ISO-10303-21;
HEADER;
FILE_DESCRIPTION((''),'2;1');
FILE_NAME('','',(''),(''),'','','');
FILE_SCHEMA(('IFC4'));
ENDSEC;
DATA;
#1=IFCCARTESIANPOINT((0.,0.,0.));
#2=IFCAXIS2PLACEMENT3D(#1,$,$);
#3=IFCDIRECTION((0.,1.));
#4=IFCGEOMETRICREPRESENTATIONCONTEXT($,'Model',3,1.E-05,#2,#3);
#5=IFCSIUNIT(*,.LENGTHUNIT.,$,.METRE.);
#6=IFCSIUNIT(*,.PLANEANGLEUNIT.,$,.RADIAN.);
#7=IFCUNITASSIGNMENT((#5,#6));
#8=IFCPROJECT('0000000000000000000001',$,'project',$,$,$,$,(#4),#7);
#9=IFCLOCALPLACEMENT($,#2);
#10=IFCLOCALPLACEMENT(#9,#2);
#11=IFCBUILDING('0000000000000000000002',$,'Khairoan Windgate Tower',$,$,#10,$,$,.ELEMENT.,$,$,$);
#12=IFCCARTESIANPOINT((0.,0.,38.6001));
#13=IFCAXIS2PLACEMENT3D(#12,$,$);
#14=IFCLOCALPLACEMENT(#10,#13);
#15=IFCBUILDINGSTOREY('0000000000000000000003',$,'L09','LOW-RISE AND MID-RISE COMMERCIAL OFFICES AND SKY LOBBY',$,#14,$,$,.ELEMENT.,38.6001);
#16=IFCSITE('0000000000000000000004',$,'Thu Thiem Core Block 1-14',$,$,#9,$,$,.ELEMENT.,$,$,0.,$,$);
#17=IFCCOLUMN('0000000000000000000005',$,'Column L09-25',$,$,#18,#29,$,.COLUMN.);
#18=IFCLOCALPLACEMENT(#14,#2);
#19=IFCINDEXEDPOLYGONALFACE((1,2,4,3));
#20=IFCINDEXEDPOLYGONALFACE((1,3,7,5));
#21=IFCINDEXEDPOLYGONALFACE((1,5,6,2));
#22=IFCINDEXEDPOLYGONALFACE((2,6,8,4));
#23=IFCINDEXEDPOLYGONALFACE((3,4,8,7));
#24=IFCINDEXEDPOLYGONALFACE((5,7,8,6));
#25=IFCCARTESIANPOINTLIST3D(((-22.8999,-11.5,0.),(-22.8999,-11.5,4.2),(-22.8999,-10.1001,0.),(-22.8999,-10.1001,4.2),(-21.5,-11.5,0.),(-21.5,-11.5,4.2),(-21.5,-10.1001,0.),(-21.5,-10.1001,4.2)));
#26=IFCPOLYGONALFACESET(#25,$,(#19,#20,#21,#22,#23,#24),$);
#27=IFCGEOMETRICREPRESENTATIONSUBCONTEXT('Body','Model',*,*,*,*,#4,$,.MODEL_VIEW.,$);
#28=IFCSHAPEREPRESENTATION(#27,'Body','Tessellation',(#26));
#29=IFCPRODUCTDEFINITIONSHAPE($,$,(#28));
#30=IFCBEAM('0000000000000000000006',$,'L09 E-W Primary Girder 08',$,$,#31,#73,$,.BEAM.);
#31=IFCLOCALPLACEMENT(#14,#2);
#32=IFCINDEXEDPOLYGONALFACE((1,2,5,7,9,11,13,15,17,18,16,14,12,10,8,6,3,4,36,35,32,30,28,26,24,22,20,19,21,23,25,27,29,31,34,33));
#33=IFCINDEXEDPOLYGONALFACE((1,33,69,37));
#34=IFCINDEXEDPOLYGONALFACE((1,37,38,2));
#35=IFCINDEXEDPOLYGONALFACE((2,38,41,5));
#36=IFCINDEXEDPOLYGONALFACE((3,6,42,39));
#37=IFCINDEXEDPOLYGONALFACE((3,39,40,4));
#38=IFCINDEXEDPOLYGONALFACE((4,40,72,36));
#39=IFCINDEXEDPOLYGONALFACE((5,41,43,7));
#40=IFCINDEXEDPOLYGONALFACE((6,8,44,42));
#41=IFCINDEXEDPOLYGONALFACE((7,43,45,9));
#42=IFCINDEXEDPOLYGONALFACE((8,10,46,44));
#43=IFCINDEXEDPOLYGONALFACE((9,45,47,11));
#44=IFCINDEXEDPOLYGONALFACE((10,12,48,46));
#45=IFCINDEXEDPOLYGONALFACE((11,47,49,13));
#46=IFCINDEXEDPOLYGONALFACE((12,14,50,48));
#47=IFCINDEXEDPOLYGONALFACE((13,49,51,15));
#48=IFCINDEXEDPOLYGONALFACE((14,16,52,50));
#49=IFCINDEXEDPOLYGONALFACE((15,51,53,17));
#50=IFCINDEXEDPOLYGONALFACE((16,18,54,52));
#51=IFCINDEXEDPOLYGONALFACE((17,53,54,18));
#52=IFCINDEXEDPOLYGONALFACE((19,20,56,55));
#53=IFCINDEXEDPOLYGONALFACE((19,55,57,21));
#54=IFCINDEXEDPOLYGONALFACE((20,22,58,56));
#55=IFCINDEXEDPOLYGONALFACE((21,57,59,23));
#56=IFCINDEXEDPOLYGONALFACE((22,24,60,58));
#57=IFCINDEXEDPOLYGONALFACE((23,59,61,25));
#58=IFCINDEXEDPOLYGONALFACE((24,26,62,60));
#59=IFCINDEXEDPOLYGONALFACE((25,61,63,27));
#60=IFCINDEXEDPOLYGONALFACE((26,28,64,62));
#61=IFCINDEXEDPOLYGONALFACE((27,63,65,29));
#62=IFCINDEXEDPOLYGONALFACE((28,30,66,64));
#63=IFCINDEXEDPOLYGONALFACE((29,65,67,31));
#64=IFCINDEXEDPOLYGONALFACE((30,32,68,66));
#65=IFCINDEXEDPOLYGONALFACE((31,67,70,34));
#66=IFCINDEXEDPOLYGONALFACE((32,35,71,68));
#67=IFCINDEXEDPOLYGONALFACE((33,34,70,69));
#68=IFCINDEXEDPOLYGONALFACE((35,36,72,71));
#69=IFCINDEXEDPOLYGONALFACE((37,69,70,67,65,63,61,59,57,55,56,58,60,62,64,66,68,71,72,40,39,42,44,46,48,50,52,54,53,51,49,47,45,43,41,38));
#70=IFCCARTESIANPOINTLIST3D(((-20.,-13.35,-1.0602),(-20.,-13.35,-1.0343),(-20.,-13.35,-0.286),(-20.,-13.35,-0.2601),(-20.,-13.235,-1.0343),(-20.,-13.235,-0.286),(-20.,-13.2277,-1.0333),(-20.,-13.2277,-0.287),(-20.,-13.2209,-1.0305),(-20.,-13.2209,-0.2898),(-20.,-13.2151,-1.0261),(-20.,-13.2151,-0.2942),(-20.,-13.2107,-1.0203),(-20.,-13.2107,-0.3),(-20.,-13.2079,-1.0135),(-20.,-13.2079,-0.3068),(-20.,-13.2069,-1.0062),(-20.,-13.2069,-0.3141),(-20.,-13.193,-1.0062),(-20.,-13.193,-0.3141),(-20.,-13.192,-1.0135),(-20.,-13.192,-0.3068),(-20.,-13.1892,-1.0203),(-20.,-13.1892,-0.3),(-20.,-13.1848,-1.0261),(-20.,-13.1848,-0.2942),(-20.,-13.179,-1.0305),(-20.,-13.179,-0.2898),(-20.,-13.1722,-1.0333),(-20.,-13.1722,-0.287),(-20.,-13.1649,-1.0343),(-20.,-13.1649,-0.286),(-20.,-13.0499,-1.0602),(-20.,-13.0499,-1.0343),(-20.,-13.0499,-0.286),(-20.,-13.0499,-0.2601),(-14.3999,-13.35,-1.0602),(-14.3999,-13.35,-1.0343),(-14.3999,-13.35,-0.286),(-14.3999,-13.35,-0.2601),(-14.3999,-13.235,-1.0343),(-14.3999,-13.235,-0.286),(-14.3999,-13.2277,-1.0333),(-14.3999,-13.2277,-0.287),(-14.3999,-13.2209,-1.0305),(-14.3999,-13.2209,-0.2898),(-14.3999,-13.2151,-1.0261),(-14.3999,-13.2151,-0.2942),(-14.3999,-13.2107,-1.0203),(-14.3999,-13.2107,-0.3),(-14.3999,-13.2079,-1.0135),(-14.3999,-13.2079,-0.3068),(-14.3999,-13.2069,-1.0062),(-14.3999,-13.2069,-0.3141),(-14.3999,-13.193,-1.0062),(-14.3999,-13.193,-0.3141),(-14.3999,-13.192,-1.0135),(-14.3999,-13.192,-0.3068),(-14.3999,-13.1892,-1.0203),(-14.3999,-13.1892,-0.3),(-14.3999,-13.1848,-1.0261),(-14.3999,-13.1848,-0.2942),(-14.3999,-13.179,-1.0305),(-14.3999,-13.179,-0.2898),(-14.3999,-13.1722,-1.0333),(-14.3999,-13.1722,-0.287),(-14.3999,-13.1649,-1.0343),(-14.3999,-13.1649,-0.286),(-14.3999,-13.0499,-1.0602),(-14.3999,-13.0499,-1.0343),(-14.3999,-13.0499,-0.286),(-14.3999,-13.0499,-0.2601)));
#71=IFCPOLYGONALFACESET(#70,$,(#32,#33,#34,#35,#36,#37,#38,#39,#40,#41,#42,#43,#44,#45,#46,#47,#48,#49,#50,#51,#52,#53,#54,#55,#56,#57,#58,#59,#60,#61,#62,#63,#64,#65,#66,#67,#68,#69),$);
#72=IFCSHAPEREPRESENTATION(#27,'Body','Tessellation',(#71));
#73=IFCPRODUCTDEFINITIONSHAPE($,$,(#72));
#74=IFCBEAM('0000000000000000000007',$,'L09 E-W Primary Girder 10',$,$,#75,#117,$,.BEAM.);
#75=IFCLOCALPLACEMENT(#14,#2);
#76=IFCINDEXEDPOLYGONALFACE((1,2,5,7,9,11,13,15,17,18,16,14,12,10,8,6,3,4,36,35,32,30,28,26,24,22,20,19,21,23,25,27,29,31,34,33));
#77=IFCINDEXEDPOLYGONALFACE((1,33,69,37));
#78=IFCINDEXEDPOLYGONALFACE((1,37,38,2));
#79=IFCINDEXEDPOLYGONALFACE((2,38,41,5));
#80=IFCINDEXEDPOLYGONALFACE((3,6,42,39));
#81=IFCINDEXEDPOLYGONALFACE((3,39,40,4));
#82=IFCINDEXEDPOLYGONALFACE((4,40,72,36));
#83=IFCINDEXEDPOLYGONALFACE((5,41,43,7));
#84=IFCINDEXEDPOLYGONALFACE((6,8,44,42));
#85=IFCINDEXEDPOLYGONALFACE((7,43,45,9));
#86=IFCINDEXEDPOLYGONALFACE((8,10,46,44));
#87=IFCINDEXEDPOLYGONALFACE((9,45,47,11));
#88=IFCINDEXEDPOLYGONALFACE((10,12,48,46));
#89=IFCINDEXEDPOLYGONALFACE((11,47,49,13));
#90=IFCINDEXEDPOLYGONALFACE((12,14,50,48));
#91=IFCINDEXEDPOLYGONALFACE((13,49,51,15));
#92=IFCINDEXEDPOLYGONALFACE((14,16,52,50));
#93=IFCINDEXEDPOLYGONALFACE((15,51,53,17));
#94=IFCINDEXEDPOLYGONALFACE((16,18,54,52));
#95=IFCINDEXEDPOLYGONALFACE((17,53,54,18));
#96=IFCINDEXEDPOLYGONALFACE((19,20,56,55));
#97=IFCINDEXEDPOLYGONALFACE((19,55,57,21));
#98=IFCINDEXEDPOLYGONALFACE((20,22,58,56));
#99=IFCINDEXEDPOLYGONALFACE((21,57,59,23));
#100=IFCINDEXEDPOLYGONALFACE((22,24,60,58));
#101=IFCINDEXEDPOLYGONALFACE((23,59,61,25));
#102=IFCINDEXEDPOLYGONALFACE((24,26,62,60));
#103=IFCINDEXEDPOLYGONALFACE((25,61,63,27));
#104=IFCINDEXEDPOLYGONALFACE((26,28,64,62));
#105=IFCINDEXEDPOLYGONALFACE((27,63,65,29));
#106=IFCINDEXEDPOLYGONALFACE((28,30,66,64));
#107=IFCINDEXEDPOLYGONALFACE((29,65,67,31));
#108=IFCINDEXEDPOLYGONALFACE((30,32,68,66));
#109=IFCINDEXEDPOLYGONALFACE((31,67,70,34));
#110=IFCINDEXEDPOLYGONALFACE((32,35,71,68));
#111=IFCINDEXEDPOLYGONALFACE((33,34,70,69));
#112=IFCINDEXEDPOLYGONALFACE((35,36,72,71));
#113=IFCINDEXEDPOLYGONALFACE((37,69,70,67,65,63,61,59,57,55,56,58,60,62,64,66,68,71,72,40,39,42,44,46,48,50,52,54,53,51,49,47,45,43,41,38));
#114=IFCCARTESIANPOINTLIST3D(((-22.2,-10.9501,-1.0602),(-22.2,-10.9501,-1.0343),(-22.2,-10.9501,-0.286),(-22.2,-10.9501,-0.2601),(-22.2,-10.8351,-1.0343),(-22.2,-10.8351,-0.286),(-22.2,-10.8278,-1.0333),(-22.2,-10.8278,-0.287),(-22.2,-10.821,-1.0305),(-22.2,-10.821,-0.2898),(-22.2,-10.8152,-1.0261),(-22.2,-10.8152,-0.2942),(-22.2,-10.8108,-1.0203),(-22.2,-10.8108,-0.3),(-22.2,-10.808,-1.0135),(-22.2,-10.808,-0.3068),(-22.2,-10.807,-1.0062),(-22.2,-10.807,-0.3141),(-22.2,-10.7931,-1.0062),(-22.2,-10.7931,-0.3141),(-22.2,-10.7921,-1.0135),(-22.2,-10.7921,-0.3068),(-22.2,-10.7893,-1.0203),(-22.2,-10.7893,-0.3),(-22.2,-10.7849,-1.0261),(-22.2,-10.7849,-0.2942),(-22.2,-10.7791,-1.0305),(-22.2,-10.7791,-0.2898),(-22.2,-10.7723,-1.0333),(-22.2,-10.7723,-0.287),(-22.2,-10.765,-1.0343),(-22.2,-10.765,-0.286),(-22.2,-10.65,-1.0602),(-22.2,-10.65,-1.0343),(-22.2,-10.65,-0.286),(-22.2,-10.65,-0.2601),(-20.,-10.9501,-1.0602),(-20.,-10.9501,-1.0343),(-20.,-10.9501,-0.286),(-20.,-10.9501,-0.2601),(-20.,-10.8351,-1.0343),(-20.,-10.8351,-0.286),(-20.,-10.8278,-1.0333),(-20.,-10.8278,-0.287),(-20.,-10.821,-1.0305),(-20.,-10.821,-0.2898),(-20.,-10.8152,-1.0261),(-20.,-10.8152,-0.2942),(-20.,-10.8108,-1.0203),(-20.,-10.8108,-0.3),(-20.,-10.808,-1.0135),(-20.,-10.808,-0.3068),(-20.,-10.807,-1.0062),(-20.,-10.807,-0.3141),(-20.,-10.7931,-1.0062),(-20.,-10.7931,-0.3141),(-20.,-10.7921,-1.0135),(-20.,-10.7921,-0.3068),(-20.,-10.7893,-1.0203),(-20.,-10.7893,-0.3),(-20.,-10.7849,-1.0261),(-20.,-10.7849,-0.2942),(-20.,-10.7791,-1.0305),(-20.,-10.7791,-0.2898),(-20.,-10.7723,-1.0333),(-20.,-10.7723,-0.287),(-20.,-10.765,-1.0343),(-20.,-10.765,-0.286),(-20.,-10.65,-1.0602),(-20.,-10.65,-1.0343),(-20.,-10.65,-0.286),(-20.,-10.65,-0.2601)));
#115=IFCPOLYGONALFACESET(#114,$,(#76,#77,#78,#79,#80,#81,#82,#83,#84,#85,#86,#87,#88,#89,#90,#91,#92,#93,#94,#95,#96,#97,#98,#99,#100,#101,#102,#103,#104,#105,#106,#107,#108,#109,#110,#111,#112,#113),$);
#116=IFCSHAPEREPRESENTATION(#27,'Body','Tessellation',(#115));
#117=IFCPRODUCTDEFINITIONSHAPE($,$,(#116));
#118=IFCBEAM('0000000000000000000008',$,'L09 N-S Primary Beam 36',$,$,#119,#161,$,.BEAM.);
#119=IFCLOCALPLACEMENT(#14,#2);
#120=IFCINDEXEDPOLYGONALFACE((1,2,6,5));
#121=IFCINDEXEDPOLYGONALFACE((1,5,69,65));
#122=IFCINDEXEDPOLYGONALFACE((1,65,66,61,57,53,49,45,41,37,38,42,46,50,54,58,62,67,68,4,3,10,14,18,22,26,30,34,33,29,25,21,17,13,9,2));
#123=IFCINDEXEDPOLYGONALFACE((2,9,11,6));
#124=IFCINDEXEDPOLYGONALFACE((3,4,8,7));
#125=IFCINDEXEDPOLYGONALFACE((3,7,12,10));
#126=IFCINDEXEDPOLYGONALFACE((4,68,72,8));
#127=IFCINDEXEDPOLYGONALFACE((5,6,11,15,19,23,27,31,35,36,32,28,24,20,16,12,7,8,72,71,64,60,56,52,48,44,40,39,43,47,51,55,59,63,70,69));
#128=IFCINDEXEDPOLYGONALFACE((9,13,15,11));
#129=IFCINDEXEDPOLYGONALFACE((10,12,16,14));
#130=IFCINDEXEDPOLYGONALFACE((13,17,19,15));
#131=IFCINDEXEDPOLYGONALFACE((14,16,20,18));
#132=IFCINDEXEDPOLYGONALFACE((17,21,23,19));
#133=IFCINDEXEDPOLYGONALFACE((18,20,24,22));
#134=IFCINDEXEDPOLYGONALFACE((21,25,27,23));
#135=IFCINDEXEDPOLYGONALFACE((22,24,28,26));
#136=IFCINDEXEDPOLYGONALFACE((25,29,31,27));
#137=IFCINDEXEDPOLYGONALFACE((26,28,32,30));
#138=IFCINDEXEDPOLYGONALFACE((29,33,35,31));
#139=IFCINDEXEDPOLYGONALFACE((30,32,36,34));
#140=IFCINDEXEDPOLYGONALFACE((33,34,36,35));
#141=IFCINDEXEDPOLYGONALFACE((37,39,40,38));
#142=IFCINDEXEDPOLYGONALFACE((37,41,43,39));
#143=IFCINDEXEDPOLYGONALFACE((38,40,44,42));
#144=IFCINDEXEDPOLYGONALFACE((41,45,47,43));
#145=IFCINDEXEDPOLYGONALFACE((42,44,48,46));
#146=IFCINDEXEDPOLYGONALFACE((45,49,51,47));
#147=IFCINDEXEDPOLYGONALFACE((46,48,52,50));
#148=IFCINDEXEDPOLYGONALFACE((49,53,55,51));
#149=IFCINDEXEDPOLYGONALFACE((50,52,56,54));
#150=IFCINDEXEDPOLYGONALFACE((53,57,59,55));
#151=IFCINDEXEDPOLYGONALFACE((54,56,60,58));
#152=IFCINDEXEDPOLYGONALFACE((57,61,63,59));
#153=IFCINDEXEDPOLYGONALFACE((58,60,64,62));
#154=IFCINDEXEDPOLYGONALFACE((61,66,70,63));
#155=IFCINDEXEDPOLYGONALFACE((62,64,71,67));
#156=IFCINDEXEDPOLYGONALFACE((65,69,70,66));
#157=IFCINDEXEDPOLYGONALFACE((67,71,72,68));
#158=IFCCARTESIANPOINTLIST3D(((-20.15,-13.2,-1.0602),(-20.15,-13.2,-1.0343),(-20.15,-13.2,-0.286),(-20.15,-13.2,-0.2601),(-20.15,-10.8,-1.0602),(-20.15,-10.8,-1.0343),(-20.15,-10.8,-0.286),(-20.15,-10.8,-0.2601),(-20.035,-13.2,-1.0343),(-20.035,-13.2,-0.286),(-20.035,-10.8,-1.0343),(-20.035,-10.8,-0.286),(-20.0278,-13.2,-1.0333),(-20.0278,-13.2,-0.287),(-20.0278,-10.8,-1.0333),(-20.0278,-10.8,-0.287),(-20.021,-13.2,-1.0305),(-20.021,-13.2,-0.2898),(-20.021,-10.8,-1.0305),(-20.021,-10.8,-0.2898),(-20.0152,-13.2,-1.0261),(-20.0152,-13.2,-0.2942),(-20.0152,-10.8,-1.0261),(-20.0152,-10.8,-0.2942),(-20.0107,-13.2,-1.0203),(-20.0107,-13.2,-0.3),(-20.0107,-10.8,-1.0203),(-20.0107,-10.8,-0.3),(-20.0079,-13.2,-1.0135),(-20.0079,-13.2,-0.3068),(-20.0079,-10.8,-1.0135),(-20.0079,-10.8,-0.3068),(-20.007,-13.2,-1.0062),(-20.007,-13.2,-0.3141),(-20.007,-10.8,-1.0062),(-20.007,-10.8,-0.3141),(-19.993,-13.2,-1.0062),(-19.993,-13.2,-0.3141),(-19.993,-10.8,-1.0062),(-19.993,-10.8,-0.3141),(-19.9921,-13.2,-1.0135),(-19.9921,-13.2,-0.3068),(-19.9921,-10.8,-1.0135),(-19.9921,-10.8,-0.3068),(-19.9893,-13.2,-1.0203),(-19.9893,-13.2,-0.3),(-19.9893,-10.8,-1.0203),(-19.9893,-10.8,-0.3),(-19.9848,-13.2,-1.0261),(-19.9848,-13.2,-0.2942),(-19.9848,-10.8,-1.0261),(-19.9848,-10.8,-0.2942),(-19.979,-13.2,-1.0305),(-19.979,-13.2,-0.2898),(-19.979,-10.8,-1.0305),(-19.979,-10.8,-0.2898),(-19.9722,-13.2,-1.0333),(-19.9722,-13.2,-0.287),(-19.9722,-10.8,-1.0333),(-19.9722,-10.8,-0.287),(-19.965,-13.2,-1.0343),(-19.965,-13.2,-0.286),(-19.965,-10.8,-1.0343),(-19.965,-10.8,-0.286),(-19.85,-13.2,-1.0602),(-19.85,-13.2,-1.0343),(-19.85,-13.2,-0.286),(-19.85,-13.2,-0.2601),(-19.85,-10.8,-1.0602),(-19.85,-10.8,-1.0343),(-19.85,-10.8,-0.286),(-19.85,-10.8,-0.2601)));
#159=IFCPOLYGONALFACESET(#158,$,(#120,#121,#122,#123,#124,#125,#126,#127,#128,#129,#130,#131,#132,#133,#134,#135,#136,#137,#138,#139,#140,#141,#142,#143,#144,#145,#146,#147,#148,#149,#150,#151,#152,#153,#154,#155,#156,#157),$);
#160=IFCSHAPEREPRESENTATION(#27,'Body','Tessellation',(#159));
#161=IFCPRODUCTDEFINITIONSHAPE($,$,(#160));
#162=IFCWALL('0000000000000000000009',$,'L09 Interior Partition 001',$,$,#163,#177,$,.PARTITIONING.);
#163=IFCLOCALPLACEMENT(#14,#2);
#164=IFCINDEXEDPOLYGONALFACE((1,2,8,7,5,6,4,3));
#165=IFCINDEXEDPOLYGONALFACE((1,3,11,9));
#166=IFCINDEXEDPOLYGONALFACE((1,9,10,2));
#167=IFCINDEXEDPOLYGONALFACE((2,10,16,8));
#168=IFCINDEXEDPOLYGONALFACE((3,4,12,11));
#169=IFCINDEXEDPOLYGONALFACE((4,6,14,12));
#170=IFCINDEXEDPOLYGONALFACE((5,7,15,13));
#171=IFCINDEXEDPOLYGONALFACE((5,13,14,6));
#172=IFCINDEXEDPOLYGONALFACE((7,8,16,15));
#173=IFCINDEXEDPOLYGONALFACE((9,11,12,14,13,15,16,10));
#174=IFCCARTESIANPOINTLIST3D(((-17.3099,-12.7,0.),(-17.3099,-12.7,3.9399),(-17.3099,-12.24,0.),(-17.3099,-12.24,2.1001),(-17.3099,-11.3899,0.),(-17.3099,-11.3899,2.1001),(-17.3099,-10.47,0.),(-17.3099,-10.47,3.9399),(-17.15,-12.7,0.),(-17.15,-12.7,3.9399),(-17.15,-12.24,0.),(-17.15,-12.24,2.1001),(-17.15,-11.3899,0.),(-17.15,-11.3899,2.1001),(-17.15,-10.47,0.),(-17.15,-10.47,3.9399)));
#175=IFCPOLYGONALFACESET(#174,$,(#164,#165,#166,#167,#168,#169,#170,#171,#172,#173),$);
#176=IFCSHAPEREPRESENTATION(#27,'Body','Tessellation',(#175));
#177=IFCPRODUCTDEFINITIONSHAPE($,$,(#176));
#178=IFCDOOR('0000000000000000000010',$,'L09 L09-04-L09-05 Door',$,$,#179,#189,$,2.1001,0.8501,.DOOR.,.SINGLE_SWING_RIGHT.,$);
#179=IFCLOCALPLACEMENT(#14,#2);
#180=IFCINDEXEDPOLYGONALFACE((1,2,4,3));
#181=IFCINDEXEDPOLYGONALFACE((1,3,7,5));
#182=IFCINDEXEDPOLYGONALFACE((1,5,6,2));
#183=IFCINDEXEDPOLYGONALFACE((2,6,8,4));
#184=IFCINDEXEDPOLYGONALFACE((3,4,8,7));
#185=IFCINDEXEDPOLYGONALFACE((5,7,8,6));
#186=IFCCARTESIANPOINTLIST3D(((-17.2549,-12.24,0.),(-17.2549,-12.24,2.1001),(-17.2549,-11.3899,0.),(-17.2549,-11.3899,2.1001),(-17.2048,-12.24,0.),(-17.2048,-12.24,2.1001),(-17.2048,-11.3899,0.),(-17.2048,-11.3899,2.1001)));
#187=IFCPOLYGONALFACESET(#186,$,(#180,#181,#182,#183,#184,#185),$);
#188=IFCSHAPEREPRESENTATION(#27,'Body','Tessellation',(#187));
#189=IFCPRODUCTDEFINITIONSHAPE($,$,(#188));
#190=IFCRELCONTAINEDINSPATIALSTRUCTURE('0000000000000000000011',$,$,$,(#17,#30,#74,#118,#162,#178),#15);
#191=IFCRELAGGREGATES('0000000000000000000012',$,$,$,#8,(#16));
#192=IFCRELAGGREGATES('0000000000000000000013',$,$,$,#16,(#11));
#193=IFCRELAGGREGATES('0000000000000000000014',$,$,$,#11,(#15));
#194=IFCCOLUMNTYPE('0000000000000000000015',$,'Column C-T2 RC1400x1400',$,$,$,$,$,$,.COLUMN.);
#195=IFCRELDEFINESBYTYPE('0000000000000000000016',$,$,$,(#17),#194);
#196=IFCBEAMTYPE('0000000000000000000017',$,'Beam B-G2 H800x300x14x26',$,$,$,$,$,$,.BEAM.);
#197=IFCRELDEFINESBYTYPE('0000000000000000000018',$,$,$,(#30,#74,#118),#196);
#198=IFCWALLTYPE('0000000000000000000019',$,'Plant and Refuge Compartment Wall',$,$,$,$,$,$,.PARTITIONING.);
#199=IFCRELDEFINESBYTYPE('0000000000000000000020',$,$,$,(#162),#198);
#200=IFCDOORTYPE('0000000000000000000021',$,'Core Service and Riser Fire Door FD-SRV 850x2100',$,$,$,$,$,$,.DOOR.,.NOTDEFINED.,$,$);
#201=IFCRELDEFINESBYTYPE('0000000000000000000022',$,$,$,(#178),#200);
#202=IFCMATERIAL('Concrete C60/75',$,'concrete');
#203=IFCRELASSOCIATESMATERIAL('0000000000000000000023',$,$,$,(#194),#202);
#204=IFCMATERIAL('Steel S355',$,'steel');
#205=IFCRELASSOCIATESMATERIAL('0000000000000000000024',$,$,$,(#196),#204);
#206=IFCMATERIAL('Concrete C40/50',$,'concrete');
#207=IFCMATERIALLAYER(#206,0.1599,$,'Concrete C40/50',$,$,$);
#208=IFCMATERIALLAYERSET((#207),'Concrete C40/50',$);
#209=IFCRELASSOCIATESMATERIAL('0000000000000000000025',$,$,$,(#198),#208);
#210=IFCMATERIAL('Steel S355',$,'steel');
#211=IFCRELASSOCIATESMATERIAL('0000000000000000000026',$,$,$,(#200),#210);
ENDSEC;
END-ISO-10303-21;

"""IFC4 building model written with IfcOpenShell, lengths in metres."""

from ifc_helpers import new_model, si_unit, direction, frame, frame_2d, origin, origin_2d, place, context, subcontext, project, spatial, rectangle, i_section, extrude, material, layer, layer_set, material_profile, profile_set, type_object, element, fill, save


model = new_model("IFC4")

# Units and contexts
model_context = context("Model", 3, precision=1e-05, world=origin(), true_north=direction((0.0, 1.0)))
body_context = subcontext(model_context, "Body", "Model", "MODEL_VIEW")
ifc_project = project(units=[si_unit("LENGTHUNIT", "METRE"), si_unit("PLANEANGLEUNIT", "RADIAN")], contexts=[model_context])

# Site, building, storey
site_placement = place(None, origin())
site = spatial("IfcSite", under=ifc_project, at=site_placement, Name="Thu Thiem Core Block 1-14", CompositionType="ELEMENT", RefElevation=0.0)
building_placement = place(site_placement, origin())
building = spatial("IfcBuilding", under=site, at=building_placement, Name="Khairoan Windgate Tower", CompositionType="ELEMENT")
storey_placement = place(building_placement, frame((0.0, 0.0, 38.6001)))
storey = spatial("IfcBuildingStorey", under=building, at=storey_placement, Name="L09", Description="LOW-RISE AND MID-RISE COMMERCIAL OFFICES AND SKY LOBBY", CompositionType="ELEMENT", Elevation=38.6001)

# Column
ifc_material_1 = material(Name="Concrete C60/75", Category="concrete")
ifc_material_profile_1 = material_profile(ifc_material_1, rectangle(XDim=1.3999, YDim=1.3999, at=origin_2d()))
ifc_profile_set_1 = profile_set([ifc_material_profile_1], Name="Concrete C60/75")
column_type = type_object("IfcColumnType", Name="Column C-T2 RC1400x1400", PredefinedType="COLUMN", material=ifc_profile_set_1)
column_placement = place(storey_placement, frame((-22.2, -10.8, 0.0), z_axis=(0.0, 0.0, 1.0), x_axis=(1.0, 0.0, 0.0)))
element("IfcColumn", 1, at=column_placement, inside=storey, type_object=column_type, Name="Column L09-25", PredefinedType="COLUMN", context=body_context, shape_type="SweptSolid", body=[
    extrude(rectangle(XDim=1.3999, YDim=1.3999, at=origin_2d()), origin(), (0.0, 0.0, 1.0), 4.2),
])

# Beams
ifc_material_2 = material(Name="Steel S355", Category="steel")
ifc_material_profile_2 = material_profile(ifc_material_2, i_section(OverallWidth=0.3, OverallDepth=0.8, WebThickness=0.0139, FlangeThickness=0.0259, FilletRadius=0.0281, at=origin_2d()))
ifc_profile_set_2 = profile_set([ifc_material_profile_2], Name="Steel S355")
beam_type = type_object("IfcBeamType", Name="Beam B-G2 H800x300x14x26", PredefinedType="BEAM", material=ifc_profile_set_2)
beam_1_placement = place(storey_placement, frame((-20.0, -13.2, -0.6602), z_axis=(1.0, 0.0, 0.0), x_axis=(0.0, 1.0, 0.0)))
element("IfcBeam", 2, at=beam_1_placement, inside=storey, type_object=beam_type, Name="L09 E-W Primary Girder 08", PredefinedType="BEAM", context=body_context, shape_type="SweptSolid", body=[
    extrude(i_section(OverallWidth=0.3, OverallDepth=0.8, WebThickness=0.0139, FlangeThickness=0.0259, FilletRadius=0.0281, at=origin_2d()), origin(), (0.0, 0.0, 1.0), 5.6001),
])
beam_2_placement = place(storey_placement, frame((-22.2, -10.8, -0.6602), z_axis=(1.0, 0.0, 0.0), x_axis=(0.0, 1.0, 0.0)))
element("IfcBeam", 3, at=beam_2_placement, inside=storey, type_object=beam_type, Name="L09 E-W Primary Girder 10", PredefinedType="BEAM", context=body_context, shape_type="SweptSolid", body=[
    extrude(i_section(OverallWidth=0.3, OverallDepth=0.8, WebThickness=0.0139, FlangeThickness=0.0259, FilletRadius=0.0281, at=origin_2d()), origin(), (0.0, 0.0, 1.0), 2.2),
])
beam_3_placement = place(storey_placement, frame((-20.0, -13.2, -0.6602), z_axis=(0.0, 1.0, 0.0), x_axis=(-1.0, 0.0, 0.0)))
element("IfcBeam", 4, at=beam_3_placement, inside=storey, type_object=beam_type, Name="L09 N-S Primary Beam 36", PredefinedType="BEAM", context=body_context, shape_type="SweptSolid", body=[
    extrude(i_section(OverallWidth=0.3, OverallDepth=0.8, WebThickness=0.0139, FlangeThickness=0.0259, FilletRadius=0.0281, at=origin_2d()), origin(), (0.0, 0.0, 1.0), 2.3999),
])

# Wall, opening, door
ifc_material_3 = material(Name="Concrete C40/50", Category="concrete")
ifc_layer_1 = layer(ifc_material_3, 0.1599, Name="Concrete C40/50")
ifc_layer_set_1 = layer_set([ifc_layer_1], Name="Concrete C40/50")
wall_type_1 = type_object("IfcWallType", Name="Plant and Refuge Compartment Wall", PredefinedType="PARTITIONING", material=ifc_layer_set_1)
wall_1_placement = place(storey_placement, frame((-17.23, -12.7, 0.0), z_axis=(0.0, 0.0, 1.0), x_axis=(0.0, 1.0, 0.0)))
wall_1 = element("IfcWall", 5, at=wall_1_placement, inside=storey, type_object=wall_type_1, Name="L09 Interior Partition 001", PredefinedType="PARTITIONING", context=body_context, shape_type="SweptSolid", body=[
    extrude(rectangle(XDim=2.23, YDim=0.1599, at=frame_2d((1.115, 0.0))), origin(), (0.0, 0.0, 1.0), 3.9399),
])
opening_1_placement = place(wall_1_placement, frame((0.46, 0.0, 0.0)))
opening_1 = element("IfcOpeningElement", 6, at=opening_1_placement, cuts=wall_1, PredefinedType="OPENING", context=body_context, shape_type="SweptSolid", body=[
    extrude(rectangle(XDim=0.8501, YDim=2.1001, at=frame_2d((0.425, 1.05))), frame((0.0, 0.0898, 0.0), z_axis=(0.0, -1.0, 0.0), x_axis=(1.0, 0.0, 0.0)), (0.0, 0.0, 1.0), 0.1799),
])
ifc_material_4 = material(Name="Steel S355", Category="steel")
door_type_1 = type_object("IfcDoorType", Name="Core Service and Riser Fire Door FD-SRV 850x2100", OperationType="NOTDEFINED", PredefinedType="DOOR", material=ifc_material_4)
door_1_placement = place(opening_1_placement, origin())
door_1 = element("IfcDoor", 7, at=door_1_placement, inside=storey, type_object=door_type_1, Name="L09 L09-04-L09-05 Door", OperationType="SINGLE_SWING_RIGHT", OverallHeight=2.1001, OverallWidth=0.8501, PredefinedType="DOOR", context=body_context, shape_type="SweptSolid", body=[
    extrude(rectangle(XDim=0.8501, YDim=2.1001, at=frame_2d((0.425, 1.05))), frame((0.0, 0.0249, 0.0), z_axis=(0.0, -1.0, 0.0), x_axis=(1.0, 0.0, 0.0)), (0.0, 0.0, 1.0), 0.05),
])
fill(opening_1, door_1)

save(model, "model.ifc")
